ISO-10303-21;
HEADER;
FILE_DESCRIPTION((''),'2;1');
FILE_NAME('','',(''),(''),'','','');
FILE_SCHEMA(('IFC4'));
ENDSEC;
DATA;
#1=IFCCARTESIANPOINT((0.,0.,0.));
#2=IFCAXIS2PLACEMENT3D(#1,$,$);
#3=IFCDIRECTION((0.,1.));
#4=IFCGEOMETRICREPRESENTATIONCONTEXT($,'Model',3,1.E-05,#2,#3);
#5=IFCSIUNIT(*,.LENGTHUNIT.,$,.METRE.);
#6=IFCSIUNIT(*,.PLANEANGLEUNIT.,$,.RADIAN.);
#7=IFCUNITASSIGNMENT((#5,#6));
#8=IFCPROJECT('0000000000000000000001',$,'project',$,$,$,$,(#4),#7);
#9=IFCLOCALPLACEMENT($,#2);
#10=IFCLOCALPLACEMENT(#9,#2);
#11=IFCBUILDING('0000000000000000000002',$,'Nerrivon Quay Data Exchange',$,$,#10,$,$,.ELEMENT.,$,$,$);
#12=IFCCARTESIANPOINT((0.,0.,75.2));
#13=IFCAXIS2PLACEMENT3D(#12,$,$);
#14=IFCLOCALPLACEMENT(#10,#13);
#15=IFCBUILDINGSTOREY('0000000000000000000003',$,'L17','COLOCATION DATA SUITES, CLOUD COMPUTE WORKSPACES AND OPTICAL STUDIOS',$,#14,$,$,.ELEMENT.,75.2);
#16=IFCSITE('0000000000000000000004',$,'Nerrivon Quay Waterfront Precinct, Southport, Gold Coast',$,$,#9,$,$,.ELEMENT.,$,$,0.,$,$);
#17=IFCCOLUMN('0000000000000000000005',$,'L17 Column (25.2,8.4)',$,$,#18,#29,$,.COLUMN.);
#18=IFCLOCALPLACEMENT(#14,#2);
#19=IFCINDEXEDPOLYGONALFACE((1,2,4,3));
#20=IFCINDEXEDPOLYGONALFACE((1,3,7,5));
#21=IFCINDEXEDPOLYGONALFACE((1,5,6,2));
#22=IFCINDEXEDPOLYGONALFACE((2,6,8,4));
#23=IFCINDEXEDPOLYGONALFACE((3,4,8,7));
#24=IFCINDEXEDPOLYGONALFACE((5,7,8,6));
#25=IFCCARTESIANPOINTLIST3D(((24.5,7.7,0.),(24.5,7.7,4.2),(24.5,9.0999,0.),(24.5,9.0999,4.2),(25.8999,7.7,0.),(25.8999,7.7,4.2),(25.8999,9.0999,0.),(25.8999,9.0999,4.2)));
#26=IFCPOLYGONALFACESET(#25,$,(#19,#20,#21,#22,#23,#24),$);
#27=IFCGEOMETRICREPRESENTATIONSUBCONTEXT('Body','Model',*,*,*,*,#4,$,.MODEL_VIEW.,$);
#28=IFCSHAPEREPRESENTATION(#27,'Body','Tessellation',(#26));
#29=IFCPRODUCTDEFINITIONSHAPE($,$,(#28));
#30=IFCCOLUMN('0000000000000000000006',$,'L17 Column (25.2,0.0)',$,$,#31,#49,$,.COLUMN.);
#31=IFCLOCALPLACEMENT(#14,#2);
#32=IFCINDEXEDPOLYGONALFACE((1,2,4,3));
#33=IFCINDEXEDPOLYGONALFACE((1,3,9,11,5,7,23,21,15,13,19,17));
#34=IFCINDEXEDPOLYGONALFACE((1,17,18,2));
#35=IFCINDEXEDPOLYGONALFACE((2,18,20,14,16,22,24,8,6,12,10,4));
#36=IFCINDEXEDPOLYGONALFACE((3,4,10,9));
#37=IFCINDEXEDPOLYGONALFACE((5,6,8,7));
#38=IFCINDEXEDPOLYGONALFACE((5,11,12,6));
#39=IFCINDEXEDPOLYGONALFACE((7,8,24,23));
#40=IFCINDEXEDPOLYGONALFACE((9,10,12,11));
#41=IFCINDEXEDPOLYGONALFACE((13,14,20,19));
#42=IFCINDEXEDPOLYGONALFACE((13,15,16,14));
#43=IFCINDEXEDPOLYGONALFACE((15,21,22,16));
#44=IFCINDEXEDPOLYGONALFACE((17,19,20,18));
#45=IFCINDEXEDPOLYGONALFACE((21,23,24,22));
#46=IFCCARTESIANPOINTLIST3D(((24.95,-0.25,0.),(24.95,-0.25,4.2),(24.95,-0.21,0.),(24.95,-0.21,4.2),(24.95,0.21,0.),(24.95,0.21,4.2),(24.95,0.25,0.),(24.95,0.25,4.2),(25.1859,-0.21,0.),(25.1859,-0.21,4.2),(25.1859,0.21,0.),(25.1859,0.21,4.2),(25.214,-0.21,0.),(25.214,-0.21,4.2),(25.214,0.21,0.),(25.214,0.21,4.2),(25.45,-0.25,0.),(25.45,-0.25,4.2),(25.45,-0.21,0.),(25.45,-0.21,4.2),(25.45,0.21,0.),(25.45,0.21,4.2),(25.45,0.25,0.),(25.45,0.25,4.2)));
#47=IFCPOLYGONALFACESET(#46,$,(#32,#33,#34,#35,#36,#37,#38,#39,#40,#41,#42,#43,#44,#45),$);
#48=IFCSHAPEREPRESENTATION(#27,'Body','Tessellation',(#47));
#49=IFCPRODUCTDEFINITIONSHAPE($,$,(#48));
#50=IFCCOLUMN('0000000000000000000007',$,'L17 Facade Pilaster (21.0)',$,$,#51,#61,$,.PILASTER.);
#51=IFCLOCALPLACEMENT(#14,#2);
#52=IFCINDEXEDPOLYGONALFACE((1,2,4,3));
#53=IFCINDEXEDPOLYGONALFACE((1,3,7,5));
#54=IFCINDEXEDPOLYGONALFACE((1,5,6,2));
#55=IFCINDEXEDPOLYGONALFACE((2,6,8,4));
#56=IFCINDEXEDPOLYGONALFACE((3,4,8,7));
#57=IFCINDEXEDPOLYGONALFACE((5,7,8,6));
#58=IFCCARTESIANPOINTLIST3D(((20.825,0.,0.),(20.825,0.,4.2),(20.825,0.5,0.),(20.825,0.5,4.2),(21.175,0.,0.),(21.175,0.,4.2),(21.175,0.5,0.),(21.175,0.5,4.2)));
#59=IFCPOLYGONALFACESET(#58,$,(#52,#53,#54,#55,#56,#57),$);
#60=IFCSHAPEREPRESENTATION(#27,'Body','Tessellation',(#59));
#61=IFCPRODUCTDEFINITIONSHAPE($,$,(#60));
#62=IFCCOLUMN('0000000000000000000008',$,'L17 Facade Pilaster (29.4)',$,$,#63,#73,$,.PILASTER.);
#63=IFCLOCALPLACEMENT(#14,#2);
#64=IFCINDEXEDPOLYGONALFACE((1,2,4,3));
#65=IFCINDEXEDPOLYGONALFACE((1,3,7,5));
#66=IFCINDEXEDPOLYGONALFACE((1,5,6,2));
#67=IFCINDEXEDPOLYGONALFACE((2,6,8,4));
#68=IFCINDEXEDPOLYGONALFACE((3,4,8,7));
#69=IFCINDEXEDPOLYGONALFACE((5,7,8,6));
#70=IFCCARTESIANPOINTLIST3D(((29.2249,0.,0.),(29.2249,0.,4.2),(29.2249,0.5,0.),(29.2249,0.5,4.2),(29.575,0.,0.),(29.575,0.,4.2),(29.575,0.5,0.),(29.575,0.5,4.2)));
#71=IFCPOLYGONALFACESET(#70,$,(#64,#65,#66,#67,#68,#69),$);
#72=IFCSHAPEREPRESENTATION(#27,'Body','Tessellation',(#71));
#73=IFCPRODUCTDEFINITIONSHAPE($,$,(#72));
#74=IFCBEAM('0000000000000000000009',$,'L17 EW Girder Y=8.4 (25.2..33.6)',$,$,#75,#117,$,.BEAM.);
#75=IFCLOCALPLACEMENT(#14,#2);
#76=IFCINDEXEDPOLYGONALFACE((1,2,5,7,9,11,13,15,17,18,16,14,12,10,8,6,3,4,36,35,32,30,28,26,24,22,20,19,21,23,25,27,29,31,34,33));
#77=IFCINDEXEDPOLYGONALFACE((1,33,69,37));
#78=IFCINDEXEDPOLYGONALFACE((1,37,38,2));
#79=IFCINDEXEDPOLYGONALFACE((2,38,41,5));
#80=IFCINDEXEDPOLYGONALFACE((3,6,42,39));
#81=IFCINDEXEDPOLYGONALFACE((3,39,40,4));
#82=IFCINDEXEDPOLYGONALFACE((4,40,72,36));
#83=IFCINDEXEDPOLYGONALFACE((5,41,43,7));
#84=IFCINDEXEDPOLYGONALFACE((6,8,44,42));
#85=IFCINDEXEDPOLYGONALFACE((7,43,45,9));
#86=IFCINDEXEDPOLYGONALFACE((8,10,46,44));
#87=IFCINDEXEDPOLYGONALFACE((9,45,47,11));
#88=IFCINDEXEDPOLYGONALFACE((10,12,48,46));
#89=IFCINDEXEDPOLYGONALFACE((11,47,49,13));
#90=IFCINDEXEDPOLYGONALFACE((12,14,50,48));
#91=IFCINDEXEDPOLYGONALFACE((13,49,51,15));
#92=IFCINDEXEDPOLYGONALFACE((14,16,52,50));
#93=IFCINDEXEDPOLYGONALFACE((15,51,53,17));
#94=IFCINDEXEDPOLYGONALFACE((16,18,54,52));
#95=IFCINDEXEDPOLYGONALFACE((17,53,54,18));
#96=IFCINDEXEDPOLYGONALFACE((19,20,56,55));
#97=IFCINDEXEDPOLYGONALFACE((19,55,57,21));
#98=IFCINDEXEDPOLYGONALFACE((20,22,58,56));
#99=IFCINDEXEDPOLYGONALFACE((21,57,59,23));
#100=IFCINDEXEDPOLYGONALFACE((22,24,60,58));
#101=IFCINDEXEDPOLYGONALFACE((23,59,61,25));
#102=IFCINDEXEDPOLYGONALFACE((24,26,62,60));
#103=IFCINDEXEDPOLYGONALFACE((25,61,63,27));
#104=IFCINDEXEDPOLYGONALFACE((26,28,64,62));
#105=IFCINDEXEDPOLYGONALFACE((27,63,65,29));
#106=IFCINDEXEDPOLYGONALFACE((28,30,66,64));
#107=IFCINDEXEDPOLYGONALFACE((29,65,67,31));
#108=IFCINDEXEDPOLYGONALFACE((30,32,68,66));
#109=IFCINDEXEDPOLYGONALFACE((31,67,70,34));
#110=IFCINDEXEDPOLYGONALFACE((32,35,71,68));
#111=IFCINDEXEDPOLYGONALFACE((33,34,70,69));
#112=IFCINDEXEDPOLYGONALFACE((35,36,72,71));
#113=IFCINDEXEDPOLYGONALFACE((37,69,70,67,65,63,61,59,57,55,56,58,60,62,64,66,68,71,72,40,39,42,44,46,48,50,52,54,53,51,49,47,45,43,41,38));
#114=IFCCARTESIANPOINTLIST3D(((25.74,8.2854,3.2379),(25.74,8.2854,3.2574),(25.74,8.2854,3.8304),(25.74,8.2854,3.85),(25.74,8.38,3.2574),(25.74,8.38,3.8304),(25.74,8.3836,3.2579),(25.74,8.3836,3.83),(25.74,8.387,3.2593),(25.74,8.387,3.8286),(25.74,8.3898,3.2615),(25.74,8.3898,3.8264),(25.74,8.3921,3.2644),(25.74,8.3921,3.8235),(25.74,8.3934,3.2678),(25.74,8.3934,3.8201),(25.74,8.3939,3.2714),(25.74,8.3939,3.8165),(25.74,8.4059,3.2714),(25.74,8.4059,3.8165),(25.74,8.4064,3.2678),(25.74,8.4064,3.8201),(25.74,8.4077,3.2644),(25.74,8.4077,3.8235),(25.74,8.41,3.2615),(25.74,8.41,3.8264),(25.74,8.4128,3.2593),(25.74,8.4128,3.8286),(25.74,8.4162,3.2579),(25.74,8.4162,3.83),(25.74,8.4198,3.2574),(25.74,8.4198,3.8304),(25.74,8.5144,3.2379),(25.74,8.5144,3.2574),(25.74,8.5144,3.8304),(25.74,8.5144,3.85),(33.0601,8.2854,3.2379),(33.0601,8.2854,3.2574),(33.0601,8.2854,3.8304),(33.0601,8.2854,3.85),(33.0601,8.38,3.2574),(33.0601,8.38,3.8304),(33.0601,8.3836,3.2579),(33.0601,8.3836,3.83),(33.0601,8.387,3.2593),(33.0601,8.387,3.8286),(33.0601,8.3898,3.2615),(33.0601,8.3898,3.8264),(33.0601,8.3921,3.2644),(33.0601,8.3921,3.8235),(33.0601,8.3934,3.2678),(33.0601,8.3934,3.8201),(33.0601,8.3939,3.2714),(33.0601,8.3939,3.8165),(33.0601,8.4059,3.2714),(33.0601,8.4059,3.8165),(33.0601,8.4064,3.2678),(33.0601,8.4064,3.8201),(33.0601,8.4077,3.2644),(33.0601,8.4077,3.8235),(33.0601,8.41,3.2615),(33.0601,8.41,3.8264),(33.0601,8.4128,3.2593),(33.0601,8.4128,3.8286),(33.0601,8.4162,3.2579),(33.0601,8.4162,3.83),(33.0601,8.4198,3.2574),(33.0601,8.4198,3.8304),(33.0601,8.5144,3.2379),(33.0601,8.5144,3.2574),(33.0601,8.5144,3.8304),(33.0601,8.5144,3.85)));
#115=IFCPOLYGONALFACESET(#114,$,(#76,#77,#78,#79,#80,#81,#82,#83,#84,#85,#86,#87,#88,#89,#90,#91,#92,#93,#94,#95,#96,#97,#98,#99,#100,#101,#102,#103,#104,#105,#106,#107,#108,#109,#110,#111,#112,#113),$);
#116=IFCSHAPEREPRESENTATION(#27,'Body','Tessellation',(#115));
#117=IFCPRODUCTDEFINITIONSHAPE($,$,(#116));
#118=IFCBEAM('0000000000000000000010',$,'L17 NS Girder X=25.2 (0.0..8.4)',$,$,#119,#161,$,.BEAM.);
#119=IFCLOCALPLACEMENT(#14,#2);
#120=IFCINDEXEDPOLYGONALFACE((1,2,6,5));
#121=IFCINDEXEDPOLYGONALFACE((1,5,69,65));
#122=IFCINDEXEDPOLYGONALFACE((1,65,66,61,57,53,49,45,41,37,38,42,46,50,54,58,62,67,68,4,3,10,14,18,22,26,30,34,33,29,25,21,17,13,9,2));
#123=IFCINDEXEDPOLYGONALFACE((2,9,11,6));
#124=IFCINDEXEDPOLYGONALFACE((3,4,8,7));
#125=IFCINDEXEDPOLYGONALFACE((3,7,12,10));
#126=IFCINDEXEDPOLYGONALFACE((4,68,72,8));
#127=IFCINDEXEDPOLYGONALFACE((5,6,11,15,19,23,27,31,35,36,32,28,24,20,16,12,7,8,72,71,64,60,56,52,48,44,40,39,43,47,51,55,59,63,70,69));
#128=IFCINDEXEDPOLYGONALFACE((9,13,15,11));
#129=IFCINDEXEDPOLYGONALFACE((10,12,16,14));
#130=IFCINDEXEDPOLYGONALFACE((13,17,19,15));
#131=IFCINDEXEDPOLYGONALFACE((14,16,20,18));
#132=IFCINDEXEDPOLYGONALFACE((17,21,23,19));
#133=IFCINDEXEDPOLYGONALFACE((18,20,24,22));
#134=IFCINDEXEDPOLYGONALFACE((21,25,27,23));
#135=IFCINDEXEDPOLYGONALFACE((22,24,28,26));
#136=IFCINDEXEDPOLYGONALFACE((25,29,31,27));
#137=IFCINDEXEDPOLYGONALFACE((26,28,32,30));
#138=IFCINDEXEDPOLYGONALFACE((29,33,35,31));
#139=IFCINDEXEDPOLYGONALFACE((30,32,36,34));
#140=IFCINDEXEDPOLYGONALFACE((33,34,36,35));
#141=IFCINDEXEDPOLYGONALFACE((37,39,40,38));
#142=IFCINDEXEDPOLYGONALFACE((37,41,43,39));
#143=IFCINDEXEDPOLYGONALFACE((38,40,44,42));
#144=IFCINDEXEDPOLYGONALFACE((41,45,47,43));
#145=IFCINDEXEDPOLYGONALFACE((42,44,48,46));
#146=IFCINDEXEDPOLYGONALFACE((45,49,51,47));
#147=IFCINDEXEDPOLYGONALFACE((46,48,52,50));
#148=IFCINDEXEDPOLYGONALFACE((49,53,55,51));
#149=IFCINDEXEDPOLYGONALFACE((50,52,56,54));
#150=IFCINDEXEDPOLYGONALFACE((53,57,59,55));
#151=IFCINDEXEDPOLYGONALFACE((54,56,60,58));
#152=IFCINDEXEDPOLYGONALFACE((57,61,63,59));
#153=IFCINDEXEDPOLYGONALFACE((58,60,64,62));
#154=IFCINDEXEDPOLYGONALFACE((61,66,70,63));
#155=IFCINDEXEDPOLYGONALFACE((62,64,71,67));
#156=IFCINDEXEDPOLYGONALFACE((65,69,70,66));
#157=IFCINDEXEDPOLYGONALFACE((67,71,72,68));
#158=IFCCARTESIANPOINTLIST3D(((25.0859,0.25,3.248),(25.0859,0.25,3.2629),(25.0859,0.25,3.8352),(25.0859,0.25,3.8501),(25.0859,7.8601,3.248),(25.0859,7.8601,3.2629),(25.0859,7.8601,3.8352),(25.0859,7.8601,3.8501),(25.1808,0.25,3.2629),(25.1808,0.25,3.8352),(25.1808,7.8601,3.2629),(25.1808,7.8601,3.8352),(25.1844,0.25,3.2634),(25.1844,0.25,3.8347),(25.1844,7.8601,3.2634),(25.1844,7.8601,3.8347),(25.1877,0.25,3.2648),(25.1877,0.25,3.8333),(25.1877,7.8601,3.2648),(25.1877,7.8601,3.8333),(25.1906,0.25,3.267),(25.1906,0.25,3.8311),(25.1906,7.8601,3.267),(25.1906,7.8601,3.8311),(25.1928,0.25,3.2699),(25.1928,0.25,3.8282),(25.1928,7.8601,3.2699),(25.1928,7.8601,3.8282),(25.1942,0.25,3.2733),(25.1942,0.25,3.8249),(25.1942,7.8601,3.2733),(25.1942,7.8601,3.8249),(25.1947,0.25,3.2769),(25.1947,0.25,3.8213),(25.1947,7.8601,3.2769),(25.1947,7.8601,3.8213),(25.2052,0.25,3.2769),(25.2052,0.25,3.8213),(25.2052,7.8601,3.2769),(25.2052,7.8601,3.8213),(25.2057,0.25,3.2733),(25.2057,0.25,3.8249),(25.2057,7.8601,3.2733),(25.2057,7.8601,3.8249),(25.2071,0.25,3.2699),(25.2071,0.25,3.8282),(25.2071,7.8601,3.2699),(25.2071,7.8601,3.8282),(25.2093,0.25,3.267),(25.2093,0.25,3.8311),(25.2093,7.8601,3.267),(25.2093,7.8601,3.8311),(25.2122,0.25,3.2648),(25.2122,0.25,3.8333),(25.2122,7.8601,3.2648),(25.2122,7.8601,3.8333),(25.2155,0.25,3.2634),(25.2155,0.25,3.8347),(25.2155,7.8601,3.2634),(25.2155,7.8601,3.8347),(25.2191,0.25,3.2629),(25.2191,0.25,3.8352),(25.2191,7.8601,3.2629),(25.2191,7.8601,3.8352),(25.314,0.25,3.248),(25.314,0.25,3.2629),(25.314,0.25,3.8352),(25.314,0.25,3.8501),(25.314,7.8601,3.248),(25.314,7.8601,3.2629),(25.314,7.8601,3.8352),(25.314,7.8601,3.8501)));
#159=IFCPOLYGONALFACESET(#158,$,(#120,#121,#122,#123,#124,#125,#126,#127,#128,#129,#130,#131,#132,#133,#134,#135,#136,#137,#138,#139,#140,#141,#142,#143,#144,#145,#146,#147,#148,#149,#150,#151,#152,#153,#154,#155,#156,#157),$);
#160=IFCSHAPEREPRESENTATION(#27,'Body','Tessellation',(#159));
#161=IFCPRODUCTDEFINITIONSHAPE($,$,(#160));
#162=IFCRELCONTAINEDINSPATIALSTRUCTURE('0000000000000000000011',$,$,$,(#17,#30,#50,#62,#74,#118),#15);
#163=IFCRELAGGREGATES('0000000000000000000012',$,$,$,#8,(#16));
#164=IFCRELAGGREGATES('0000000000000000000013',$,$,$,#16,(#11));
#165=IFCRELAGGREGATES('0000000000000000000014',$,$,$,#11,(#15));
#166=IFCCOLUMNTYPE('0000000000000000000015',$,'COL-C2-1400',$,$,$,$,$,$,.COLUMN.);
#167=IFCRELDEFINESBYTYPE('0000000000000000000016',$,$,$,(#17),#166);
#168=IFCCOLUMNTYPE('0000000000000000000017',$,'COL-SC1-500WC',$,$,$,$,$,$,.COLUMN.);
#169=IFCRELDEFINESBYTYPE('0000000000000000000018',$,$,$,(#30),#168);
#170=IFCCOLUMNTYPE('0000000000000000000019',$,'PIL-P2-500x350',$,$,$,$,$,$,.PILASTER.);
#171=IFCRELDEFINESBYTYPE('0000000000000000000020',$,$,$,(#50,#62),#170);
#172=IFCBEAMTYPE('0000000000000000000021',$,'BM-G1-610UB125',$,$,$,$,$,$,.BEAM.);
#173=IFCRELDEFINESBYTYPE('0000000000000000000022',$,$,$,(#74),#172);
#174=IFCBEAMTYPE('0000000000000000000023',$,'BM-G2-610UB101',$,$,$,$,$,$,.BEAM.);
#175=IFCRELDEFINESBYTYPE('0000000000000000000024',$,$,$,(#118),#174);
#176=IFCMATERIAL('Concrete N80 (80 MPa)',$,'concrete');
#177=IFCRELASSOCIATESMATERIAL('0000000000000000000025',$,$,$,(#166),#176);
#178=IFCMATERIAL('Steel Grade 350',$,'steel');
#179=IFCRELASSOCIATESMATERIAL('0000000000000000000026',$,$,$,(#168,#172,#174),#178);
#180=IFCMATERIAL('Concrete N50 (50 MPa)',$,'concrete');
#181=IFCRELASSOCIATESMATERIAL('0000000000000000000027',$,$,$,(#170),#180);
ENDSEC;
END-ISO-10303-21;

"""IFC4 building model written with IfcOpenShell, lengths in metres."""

from ifc_helpers import new_model, si_unit, direction, frame, origin, origin_2d, place, context, subcontext, project, spatial, rectangle, i_section, extrude, material, material_profile, profile_set, type_object, element, save


model = new_model("IFC4")

# Units and contexts
model_context = context("Model", 3, precision=1e-05, world=origin(), true_north=direction((0.0, 1.0)))
body_context = subcontext(model_context, "Body", "Model", "MODEL_VIEW")
ifc_project = project(units=[si_unit("LENGTHUNIT", "METRE"), si_unit("PLANEANGLEUNIT", "RADIAN")], contexts=[model_context])

# Site, building, storey
site_placement = place(None, origin())
site = spatial("IfcSite", under=ifc_project, at=site_placement, Name="Nerrivon Quay Waterfront Precinct, Southport, Gold Coast", CompositionType="ELEMENT", RefElevation=0.0)
building_placement = place(site_placement, origin())
building = spatial("IfcBuilding", under=site, at=building_placement, Name="Nerrivon Quay Data Exchange", CompositionType="ELEMENT")
storey_placement = place(building_placement, frame((0.0, 0.0, 75.2)))
storey = spatial("IfcBuildingStorey", under=building, at=storey_placement, Name="L17", Description="COLOCATION DATA SUITES, CLOUD COMPUTE WORKSPACES AND OPTICAL STUDIOS", CompositionType="ELEMENT", Elevation=75.2)

# Columns
ifc_material_1 = material(Name="Concrete N80 (80 MPa)", Category="concrete")
ifc_material_profile_1 = material_profile(ifc_material_1, rectangle(XDim=1.3999, YDim=1.3999, at=origin_2d()), Name="RC-COL-1400x1400")
ifc_profile_set_1 = profile_set([ifc_material_profile_1], Name="Concrete N80 (80 MPa)")
column_type_1 = type_object("IfcColumnType", Name="COL-C2-1400", PredefinedType="COLUMN", material=ifc_profile_set_1)
column_1_placement = place(storey_placement, frame((25.2, 8.3999, 0.0), z_axis=(0.0, 0.0, 1.0), x_axis=(1.0, 0.0, 0.0)))
element("IfcColumn", 1, at=column_1_placement, inside=storey, type_object=column_type_1, Name="L17 Column (25.2,8.4)", PredefinedType="COLUMN", context=body_context, shape_type="SweptSolid", body=[
    extrude(rectangle(XDim=1.3999, YDim=1.3999, at=origin_2d()), origin(), (0.0, 0.0, 1.0), 4.2),
])
ifc_material_2 = material(Name="Steel Grade 350", Category="steel")
ifc_material_profile_2 = material_profile(ifc_material_2, i_section(OverallWidth=0.5, OverallDepth=0.5, WebThickness=0.0281, FlangeThickness=0.04, at=origin_2d()), Name="500WC440")
ifc_profile_set_2 = profile_set([ifc_material_profile_2], Name="Steel Grade 350")
column_type_2 = type_object("IfcColumnType", Name="COL-SC1-500WC", PredefinedType="COLUMN", material=ifc_profile_set_2)
column_2_placement = place(storey_placement, frame((25.2, 0.0, 0.0), z_axis=(0.0, 0.0, 1.0), x_axis=(1.0, 0.0, 0.0)))
element("IfcColumn", 2, at=column_2_placement, inside=storey, type_object=column_type_2, Name="L17 Column (25.2,0.0)", PredefinedType="COLUMN", context=body_context, shape_type="SweptSolid", body=[
    extrude(i_section(OverallWidth=0.5, OverallDepth=0.5, WebThickness=0.0281, FlangeThickness=0.04, at=origin_2d()), origin(), (0.0, 0.0, 1.0), 4.2),
])
ifc_material_3 = material(Name="Concrete N50 (50 MPa)", Category="concrete")
ifc_material_profile_3 = material_profile(ifc_material_3, rectangle(XDim=0.3501, YDim=0.5, at=origin_2d()), Name="RC-PIL-500x350")
ifc_profile_set_3 = profile_set([ifc_material_profile_3], Name="Concrete N50 (50 MPa)")
column_type_3 = type_object("IfcColumnType", Name="PIL-P2-500x350", PredefinedType="PILASTER", material=ifc_profile_set_3)
for number, where, z_axis, x_axis, name in (
    (3, (21.0, 0.25, 0.0), (0.0, 0.0, 1.0), (1.0, 0.0, 0.0), "L17 Facade Pilaster (21.0)"),
    (4, (29.3999, 0.25, 0.0), (0.0, 0.0, 1.0), (1.0, 0.0, 0.0), "L17 Facade Pilaster (29.4)"),
):
    element("IfcColumn", number, at=place(storey_placement, frame(where, z_axis=z_axis, x_axis=x_axis)), inside=storey, type_object=column_type_3, Name=name, PredefinedType="PILASTER", context=body_context, shape_type="SweptSolid", body=[
        extrude(rectangle(XDim=0.3501, YDim=0.5, at=origin_2d()), origin(), (0.0, 0.0, 1.0), 4.2),
    ])

# Beams
ifc_material_profile_4 = material_profile(ifc_material_2, i_section(OverallWidth=0.229, OverallDepth=0.6121, WebThickness=0.012, FlangeThickness=0.0195, FilletRadius=0.0139, at=origin_2d()), Name="610UB125")
ifc_profile_set_4 = profile_set([ifc_material_profile_4], Name="Steel Grade 350")
beam_type_1 = type_object("IfcBeamType", Name="BM-G1-610UB125", PredefinedType="BEAM", material=ifc_profile_set_4)
beam_1_placement = place(storey_placement, frame((25.74, 8.3999, 3.5439), z_axis=(1.0, 0.0, 0.0), x_axis=(0.0, 1.0, 0.0)))
element("IfcBeam", 5, at=beam_1_placement, inside=storey, type_object=beam_type_1, Name="L17 EW Girder Y=8.4 (25.2..33.6)", PredefinedType="BEAM", context=body_context, shape_type="SweptSolid", body=[
    extrude(i_section(OverallWidth=0.229, OverallDepth=0.6121, WebThickness=0.012, FlangeThickness=0.0195, FilletRadius=0.0139, at=origin_2d()), origin(), (0.0, 0.0, 1.0), 7.3201),
])
ifc_material_profile_5 = material_profile(ifc_material_2, i_section(OverallWidth=0.228, OverallDepth=0.6021, WebThickness=0.0105, FlangeThickness=0.0149, FilletRadius=0.0139, at=origin_2d()), Name="610UB101")
ifc_profile_set_5 = profile_set([ifc_material_profile_5], Name="Steel Grade 350")
beam_type_2 = type_object("IfcBeamType", Name="BM-G2-610UB101", PredefinedType="BEAM", material=ifc_profile_set_5)
beam_2_placement = place(storey_placement, frame((25.2, 0.25, 3.5491), z_axis=(0.0, 1.0, 0.0), x_axis=(-1.0, 0.0, 0.0)))
element("IfcBeam", 6, at=beam_2_placement, inside=storey, type_object=beam_type_2, Name="L17 NS Girder X=25.2 (0.0..8.4)", PredefinedType="BEAM", context=body_context, shape_type="SweptSolid", body=[
    extrude(i_section(OverallWidth=0.228, OverallDepth=0.6021, WebThickness=0.0105, FlangeThickness=0.0149, FilletRadius=0.0139, at=origin_2d()), origin(), (0.0, 0.0, 1.0), 7.6101),
])

save(model, "model.ifc")
